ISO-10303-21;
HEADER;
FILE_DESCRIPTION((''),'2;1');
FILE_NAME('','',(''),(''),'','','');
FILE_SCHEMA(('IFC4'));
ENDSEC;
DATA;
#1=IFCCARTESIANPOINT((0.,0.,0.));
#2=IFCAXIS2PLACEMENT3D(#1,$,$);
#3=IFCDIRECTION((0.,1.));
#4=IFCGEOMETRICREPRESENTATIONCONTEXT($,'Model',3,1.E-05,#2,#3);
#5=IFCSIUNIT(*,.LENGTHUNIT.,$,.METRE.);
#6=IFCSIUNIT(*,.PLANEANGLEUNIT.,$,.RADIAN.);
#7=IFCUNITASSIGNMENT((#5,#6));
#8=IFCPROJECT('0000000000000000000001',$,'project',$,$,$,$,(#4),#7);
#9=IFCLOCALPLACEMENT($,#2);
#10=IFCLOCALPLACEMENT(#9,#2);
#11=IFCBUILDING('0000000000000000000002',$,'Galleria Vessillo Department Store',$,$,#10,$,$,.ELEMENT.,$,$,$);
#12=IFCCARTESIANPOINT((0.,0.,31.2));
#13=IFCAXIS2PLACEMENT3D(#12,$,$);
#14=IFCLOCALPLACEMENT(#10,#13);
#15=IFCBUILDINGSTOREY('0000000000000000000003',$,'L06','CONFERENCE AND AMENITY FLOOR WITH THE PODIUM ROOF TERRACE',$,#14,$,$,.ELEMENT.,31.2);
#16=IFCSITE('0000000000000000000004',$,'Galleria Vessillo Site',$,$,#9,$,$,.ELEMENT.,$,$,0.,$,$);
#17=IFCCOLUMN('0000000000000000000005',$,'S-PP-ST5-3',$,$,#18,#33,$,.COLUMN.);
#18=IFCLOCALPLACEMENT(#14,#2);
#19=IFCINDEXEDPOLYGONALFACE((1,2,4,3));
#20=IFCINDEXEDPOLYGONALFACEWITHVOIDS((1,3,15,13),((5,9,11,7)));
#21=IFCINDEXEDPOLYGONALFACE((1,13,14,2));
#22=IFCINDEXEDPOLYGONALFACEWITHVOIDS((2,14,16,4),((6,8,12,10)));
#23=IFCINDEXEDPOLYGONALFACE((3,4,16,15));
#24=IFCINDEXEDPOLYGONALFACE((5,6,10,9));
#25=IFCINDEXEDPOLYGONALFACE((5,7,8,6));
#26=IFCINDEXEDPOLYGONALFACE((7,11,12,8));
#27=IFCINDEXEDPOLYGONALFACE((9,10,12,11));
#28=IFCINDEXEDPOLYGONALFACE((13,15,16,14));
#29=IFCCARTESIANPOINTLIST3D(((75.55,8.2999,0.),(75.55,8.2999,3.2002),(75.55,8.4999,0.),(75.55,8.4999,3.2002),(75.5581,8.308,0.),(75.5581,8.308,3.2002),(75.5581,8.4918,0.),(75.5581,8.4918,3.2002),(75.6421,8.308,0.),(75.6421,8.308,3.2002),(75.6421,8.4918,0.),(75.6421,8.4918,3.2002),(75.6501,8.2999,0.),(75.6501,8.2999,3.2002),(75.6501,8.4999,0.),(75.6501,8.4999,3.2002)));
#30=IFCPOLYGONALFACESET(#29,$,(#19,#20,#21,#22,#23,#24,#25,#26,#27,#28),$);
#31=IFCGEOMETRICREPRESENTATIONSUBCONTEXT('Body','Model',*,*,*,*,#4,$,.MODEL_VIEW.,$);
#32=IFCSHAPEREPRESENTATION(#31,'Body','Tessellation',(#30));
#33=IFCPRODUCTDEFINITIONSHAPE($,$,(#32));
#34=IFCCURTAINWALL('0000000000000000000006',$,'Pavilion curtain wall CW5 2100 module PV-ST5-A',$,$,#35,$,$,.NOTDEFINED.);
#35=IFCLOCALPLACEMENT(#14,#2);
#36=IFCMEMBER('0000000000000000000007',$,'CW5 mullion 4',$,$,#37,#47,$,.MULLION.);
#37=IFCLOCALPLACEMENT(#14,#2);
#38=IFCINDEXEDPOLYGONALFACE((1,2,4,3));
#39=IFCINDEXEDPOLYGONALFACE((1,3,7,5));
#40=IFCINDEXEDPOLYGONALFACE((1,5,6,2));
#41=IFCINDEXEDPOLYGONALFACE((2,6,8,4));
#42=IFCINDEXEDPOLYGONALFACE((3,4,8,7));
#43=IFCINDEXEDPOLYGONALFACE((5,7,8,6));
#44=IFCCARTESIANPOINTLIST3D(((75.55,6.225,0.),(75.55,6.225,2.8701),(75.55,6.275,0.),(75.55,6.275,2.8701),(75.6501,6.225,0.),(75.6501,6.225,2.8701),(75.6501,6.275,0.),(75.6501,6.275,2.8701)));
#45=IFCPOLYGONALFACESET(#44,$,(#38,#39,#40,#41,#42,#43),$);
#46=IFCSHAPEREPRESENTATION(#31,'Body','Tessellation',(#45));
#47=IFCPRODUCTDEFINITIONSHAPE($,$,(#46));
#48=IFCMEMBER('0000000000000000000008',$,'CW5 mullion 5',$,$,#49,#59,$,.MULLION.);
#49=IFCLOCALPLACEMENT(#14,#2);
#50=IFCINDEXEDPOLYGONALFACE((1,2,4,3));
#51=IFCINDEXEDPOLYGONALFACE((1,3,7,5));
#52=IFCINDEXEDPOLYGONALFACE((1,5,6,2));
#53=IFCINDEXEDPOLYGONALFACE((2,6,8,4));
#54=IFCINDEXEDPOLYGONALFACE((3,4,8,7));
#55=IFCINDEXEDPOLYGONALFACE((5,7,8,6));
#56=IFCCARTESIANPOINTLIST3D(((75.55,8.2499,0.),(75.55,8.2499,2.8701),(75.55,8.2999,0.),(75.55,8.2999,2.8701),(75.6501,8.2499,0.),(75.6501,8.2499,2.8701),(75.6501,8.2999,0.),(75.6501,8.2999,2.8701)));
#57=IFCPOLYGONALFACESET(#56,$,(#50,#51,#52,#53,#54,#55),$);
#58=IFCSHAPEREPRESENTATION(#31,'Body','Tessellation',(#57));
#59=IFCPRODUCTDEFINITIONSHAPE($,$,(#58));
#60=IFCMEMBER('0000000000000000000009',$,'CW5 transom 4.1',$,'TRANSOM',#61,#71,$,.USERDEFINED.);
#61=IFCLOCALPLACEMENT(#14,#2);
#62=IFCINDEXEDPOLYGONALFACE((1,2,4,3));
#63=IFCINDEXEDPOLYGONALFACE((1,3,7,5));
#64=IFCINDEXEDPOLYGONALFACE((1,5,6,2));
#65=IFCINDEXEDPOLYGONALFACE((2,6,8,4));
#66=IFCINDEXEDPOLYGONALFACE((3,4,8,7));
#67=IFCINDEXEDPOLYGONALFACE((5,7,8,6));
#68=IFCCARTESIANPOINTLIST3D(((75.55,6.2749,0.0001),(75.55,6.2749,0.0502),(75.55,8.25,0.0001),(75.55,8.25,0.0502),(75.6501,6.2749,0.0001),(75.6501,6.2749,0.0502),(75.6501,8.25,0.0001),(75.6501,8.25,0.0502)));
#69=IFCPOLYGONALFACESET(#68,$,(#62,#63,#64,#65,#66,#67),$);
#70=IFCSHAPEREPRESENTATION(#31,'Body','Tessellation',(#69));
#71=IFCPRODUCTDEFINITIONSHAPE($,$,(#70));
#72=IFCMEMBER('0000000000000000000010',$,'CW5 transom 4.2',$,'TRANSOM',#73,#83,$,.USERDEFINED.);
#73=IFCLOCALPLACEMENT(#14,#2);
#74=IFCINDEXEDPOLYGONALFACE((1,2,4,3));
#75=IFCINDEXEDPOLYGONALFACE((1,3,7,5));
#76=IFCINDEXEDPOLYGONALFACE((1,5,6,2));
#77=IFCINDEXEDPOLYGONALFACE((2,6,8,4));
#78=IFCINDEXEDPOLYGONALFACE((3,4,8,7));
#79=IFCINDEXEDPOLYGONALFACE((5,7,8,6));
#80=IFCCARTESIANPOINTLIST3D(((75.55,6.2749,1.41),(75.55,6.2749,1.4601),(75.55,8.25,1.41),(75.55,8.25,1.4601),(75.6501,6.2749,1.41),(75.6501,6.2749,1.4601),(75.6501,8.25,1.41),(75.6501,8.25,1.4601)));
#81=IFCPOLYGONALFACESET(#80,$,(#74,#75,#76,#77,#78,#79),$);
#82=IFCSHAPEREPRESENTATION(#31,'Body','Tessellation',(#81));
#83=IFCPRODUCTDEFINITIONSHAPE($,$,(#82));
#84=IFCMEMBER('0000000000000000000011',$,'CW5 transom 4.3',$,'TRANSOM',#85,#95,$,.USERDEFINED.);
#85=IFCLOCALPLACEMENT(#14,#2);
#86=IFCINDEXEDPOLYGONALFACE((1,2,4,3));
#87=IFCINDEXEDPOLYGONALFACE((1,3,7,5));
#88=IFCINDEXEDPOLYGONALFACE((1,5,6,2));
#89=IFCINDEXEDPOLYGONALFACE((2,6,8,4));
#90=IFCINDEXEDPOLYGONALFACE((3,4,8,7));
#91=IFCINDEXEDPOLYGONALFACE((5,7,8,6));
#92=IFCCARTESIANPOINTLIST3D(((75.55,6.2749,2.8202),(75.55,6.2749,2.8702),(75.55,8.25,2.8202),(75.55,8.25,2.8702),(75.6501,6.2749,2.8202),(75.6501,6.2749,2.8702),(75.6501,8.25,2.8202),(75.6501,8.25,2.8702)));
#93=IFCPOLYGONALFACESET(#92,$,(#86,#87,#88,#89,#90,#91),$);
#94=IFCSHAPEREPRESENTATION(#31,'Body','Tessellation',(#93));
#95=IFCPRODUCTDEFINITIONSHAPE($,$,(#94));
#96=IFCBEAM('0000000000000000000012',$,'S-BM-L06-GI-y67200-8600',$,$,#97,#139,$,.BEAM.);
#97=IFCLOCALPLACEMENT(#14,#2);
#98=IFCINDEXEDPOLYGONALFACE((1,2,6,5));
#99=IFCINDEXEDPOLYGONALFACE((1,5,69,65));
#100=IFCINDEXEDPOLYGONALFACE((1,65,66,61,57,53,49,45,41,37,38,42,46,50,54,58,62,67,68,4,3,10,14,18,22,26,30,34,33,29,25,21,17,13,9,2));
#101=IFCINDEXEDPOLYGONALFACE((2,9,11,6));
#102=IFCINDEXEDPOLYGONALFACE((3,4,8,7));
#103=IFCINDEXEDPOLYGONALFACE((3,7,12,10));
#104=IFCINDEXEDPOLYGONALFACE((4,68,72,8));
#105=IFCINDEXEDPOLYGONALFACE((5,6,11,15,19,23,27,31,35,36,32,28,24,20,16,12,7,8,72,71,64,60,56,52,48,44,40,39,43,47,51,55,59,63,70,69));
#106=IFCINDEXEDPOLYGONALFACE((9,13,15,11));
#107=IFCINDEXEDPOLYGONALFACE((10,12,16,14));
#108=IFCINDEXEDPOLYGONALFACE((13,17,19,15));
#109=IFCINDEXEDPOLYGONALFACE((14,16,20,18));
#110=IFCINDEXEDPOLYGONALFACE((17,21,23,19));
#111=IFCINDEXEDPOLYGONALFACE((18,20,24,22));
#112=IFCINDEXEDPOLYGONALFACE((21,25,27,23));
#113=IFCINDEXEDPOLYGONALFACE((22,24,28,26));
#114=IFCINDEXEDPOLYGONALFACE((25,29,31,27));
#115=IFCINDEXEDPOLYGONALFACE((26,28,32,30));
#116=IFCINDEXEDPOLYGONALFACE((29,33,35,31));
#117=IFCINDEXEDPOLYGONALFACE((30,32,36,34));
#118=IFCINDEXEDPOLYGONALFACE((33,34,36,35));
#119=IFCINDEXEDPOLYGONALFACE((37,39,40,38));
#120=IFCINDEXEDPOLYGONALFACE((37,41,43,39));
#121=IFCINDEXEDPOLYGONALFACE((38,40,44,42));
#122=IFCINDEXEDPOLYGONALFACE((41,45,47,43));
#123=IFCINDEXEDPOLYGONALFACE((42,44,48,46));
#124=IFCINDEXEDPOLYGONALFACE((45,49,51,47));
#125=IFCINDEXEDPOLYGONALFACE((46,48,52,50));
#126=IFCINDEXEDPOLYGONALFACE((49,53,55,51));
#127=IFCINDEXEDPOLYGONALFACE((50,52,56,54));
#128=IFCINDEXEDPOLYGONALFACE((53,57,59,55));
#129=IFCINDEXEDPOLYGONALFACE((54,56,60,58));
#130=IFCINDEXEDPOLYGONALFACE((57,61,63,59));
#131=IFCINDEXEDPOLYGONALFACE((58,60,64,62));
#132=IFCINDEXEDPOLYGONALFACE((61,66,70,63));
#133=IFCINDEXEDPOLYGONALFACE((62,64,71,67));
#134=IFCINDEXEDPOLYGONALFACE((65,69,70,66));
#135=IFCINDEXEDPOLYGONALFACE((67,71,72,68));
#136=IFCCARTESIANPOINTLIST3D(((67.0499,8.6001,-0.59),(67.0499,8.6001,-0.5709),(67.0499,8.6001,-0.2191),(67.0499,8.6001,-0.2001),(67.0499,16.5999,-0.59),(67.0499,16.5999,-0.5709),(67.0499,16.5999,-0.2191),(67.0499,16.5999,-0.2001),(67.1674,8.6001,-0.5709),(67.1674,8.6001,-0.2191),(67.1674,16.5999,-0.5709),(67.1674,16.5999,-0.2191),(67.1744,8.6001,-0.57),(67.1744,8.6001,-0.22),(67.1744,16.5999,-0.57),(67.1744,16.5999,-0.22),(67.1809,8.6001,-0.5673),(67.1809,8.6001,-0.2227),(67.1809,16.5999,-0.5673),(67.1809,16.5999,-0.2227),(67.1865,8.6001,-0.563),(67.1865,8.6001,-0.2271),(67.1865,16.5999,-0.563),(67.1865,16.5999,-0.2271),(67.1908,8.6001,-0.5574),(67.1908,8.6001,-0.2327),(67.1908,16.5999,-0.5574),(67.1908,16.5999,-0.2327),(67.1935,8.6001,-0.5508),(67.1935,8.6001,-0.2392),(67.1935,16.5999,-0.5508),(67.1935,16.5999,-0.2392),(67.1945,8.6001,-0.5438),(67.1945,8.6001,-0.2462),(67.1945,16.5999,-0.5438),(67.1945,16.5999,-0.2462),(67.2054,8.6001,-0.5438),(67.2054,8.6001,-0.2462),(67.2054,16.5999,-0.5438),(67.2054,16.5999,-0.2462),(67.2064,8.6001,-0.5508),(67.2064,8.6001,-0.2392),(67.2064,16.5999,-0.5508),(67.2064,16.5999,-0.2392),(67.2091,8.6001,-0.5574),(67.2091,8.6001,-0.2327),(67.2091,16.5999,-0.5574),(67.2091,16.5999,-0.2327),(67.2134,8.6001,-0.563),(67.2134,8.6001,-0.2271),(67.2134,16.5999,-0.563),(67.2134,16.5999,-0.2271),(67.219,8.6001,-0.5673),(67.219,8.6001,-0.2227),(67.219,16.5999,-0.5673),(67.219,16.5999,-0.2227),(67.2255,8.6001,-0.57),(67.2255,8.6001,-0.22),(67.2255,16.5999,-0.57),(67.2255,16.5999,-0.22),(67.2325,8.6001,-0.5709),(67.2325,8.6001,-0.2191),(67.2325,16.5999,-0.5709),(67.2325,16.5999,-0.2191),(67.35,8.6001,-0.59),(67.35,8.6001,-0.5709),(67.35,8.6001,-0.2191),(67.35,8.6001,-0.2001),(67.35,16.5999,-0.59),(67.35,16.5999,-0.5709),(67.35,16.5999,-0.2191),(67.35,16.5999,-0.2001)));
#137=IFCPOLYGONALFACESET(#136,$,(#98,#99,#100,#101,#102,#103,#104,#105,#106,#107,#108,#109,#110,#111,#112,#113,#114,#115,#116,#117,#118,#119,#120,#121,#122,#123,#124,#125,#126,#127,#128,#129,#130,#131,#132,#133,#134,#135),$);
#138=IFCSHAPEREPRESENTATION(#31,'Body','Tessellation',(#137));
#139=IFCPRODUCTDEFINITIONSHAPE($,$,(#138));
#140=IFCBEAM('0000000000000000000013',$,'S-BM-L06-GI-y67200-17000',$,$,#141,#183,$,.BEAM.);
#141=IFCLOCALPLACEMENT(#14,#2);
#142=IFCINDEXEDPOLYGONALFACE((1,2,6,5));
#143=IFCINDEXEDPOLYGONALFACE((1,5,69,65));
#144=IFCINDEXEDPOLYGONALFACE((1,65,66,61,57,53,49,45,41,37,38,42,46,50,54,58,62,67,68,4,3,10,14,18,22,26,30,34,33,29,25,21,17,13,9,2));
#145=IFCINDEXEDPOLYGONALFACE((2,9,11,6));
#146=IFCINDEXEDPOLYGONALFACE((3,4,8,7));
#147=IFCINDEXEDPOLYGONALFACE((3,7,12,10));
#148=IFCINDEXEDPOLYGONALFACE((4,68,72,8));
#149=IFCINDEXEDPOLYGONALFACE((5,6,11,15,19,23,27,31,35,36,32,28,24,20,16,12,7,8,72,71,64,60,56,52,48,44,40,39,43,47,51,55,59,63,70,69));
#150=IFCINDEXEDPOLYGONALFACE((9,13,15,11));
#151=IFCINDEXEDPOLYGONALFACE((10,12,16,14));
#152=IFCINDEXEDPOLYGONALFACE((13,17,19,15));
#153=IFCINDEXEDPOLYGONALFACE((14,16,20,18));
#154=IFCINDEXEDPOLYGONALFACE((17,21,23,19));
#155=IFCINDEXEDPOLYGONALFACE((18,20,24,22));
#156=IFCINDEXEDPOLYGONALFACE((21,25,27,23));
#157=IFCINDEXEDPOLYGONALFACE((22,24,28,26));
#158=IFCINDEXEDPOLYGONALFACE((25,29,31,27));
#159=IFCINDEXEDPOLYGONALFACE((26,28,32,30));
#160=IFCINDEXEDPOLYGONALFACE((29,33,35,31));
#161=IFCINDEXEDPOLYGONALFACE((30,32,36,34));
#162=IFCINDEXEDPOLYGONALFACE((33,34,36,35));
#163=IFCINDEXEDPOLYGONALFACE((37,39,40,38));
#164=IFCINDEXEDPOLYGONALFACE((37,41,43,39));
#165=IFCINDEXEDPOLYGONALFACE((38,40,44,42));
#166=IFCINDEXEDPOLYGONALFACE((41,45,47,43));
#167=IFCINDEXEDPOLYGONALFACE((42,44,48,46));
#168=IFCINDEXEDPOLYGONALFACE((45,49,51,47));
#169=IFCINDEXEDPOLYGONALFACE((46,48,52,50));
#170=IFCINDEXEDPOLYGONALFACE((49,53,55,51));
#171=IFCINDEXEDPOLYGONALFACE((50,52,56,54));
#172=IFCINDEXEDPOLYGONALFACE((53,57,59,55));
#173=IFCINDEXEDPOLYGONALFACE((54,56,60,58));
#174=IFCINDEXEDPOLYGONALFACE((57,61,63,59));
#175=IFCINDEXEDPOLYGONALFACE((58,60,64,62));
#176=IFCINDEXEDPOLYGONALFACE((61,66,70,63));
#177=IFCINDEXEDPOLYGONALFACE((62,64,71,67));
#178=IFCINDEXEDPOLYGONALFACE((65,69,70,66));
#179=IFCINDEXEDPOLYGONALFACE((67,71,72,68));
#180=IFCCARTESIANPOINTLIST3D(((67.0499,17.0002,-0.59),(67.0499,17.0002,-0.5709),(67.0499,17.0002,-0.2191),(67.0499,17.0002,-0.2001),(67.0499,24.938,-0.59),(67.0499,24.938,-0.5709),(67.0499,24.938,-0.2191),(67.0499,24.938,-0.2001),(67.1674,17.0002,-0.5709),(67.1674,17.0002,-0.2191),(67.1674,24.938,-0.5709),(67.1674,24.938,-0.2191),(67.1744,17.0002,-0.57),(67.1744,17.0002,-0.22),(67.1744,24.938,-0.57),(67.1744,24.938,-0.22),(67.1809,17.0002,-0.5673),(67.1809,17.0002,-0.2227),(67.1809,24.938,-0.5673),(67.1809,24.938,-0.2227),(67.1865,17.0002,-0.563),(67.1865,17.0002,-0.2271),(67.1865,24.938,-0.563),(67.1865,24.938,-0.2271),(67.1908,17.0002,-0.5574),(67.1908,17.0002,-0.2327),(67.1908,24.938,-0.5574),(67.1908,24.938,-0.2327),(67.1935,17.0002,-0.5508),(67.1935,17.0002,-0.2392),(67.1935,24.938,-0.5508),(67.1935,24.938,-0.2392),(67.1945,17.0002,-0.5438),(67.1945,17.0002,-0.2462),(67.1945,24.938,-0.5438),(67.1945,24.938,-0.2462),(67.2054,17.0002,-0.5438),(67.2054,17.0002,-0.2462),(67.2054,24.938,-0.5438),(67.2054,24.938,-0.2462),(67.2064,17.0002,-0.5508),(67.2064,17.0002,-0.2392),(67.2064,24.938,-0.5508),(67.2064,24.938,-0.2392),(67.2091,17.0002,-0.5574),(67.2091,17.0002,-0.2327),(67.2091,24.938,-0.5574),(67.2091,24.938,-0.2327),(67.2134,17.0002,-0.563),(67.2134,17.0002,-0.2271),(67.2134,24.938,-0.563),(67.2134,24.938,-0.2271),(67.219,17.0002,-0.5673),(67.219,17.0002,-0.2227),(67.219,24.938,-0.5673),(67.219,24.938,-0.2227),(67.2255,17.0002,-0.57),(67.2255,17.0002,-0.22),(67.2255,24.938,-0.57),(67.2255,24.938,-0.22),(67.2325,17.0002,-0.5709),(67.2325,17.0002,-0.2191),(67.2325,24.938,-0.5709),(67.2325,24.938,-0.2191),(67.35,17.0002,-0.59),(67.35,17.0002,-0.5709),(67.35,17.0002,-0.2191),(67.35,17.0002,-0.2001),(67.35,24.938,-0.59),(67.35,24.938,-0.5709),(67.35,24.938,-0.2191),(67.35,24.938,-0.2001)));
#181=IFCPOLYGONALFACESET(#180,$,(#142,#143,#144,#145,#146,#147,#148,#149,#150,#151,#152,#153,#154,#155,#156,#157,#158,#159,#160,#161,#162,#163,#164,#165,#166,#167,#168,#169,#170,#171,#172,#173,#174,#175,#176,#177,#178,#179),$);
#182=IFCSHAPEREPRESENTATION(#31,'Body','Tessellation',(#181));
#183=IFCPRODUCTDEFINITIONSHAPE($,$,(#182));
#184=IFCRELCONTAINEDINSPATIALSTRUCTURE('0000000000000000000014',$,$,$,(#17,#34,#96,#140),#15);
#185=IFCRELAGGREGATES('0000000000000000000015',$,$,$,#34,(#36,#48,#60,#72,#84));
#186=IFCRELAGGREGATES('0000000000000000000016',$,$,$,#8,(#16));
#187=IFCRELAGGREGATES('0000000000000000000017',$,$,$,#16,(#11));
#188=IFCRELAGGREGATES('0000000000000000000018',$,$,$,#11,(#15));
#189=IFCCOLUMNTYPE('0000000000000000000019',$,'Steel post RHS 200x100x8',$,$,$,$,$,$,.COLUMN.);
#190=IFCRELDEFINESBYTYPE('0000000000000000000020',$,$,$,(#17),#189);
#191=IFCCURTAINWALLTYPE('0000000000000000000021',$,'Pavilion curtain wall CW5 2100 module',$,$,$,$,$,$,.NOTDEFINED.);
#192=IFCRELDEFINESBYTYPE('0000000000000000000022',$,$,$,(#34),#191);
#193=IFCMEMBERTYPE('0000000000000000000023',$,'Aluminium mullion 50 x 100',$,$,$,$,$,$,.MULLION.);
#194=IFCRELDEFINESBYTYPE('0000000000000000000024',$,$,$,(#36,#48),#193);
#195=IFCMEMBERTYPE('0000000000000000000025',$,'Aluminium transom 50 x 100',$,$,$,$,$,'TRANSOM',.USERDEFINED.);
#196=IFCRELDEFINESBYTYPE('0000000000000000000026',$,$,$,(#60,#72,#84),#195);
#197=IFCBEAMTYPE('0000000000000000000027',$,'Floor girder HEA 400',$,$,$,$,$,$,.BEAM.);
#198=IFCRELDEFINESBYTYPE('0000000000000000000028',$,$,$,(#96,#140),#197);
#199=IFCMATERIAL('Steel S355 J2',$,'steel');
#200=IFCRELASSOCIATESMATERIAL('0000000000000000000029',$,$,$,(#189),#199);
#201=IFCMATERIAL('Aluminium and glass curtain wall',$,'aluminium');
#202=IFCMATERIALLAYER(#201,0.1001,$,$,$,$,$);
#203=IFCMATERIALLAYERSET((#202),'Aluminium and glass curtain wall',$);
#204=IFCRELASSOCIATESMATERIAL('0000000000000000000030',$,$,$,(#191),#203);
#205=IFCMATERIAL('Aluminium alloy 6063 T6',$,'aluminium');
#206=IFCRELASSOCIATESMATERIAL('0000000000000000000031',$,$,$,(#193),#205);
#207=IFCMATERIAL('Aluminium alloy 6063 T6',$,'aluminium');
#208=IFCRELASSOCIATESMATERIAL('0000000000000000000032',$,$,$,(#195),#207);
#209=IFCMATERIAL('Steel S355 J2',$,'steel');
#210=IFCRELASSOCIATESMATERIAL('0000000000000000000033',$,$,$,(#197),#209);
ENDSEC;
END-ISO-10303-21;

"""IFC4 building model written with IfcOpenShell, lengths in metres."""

from ifc_helpers import new_model, si_unit, direction, frame, origin, origin_2d, place, context, subcontext, project, spatial, rectangle, hollow_rectangle, i_section, extrude, material, layer, layer_set, material_profile, profile_set, type_object, element, aggregate, save


model = new_model("IFC4")

# Units and contexts
model_context = context("Model", 3, precision=1e-05, world=origin(), true_north=direction((0.0, 1.0)))
body_context = subcontext(model_context, "Body", "Model", "MODEL_VIEW")
ifc_project = project(units=[si_unit("LENGTHUNIT", "METRE"), si_unit("PLANEANGLEUNIT", "RADIAN")], contexts=[model_context])

# Site, building, storey
site_placement = place(None, origin())
site = spatial("IfcSite", under=ifc_project, at=site_placement, Name="Galleria Vessillo Site", CompositionType="ELEMENT", RefElevation=0.0)
building_placement = place(site_placement, origin())
building = spatial("IfcBuilding", under=site, at=building_placement, Name="Galleria Vessillo Department Store", CompositionType="ELEMENT")
storey_placement = place(building_placement, frame((0.0, 0.0, 31.2)))
storey = spatial("IfcBuildingStorey", under=building, at=storey_placement, Name="L06", Description="CONFERENCE AND AMENITY FLOOR WITH THE PODIUM ROOF TERRACE", CompositionType="ELEMENT", Elevation=31.2)

# Column
ifc_material_1 = material(Name="Steel S355 J2", Category="steel")
ifc_material_profile_1 = material_profile(ifc_material_1, hollow_rectangle(XDim=0.1001, YDim=0.2, WallThickness=0.0081, at=origin_2d()), Name="RHS 200x100x8")
ifc_profile_set_1 = profile_set([ifc_material_profile_1], Name="Steel S355 J2")
column_type = type_object("IfcColumnType", Name="Steel post RHS 200x100x8", PredefinedType="COLUMN", material=ifc_profile_set_1)
column_placement = place(storey_placement, frame((75.6001, 8.3999, 0.0), z_axis=(0.0, 0.0, 1.0), x_axis=(1.0, 0.0, 0.0)))
element("IfcColumn", 1, at=column_placement, inside=storey, type_object=column_type, Name="S-PP-ST5-3", PredefinedType="COLUMN", context=body_context, shape_type="SweptSolid", body=[
    extrude(hollow_rectangle(XDim=0.1001, YDim=0.2, WallThickness=0.0081, at=origin_2d()), origin(), (0.0, 0.0, 1.0), 3.2002),
])

# Curtain wall, members
ifc_material_2 = material(Name="Aluminium and glass curtain wall", Category="aluminium")
ifc_layer_1 = layer(ifc_material_2, 0.1001)
ifc_layer_set_1 = layer_set([ifc_layer_1], Name="Aluminium and glass curtain wall")
curtain_wall_type = type_object("IfcCurtainWallType", Name="Pavilion curtain wall CW5 2100 module", PredefinedType="NOTDEFINED", material=ifc_layer_set_1)
curtain_wall_placement = place(storey_placement, origin())
curtain_wall = element("IfcCurtainWall", 2, at=curtain_wall_placement, inside=storey, type_object=curtain_wall_type, Name="Pavilion curtain wall CW5 2100 module PV-ST5-A", PredefinedType="NOTDEFINED")
ifc_material_3 = material(Name="Aluminium alloy 6063 T6", Category="aluminium")
ifc_material_profile_2 = material_profile(ifc_material_3, rectangle(XDim=0.1001, YDim=0.05, at=origin_2d()), Name="AL 50x100")
ifc_profile_set_2 = profile_set([ifc_material_profile_2], Name="Aluminium alloy 6063 T6")
member_type_1 = type_object("IfcMemberType", Name="Aluminium mullion 50 x 100", PredefinedType="MULLION", material=ifc_profile_set_2)
member_1_placement = place(storey_placement, frame((75.6001, 6.25, 0.0), z_axis=(0.0, 0.0, 1.0), x_axis=(-1.0, 0.0, 0.0)))
member_1 = element("IfcMember", 3, at=member_1_placement, type_object=member_type_1, Name="CW5 mullion 4", PredefinedType="MULLION", context=body_context, shape_type="SweptSolid", body=[
    extrude(rectangle(XDim=0.1001, YDim=0.05, at=origin_2d()), origin(), (0.0, 0.0, 1.0), 2.8701),
])
member_2_placement = place(storey_placement, frame((75.6001, 8.2749, 0.0), z_axis=(0.0, 0.0, 1.0), x_axis=(-1.0, 0.0, 0.0)))
member_2 = element("IfcMember", 4, at=member_2_placement, type_object=member_type_1, Name="CW5 mullion 5", PredefinedType="MULLION", context=body_context, shape_type="SweptSolid", body=[
    extrude(rectangle(XDim=0.1001, YDim=0.05, at=origin_2d()), origin(), (0.0, 0.0, 1.0), 2.8701),
])
ifc_material_4 = material(Name="Aluminium alloy 6063 T6", Category="aluminium")
ifc_material_profile_3 = material_profile(ifc_material_4, rectangle(XDim=0.1001, YDim=0.05, at=origin_2d()), Name="AL 50x100")
ifc_profile_set_3 = profile_set([ifc_material_profile_3], Name="Aluminium alloy 6063 T6")
member_type_2 = type_object("IfcMemberType", Name="Aluminium transom 50 x 100", ElementType="TRANSOM", PredefinedType="USERDEFINED", material=ifc_profile_set_3)
member_3_placement = place(storey_placement, frame((75.6001, 6.2749, 0.0251), z_axis=(0.0, 1.0, 0.0), x_axis=(-1.0, 0.0, 0.0)))
member_3 = element("IfcMember", 5, at=member_3_placement, type_object=member_type_2, Name="CW5 transom 4.1", ObjectType="TRANSOM", PredefinedType="USERDEFINED", context=body_context, shape_type="SweptSolid", body=[
    extrude(rectangle(XDim=0.1001, YDim=0.05, at=origin_2d()), origin(), (0.0, 0.0, 1.0), 1.9751),
])
member_4_placement = place(storey_placement, frame((75.6001, 6.2749, 1.4351), z_axis=(0.0, 1.0, 0.0), x_axis=(-1.0, 0.0, 0.0)))
member_4 = element("IfcMember", 6, at=member_4_placement, type_object=member_type_2, Name="CW5 transom 4.2", ObjectType="TRANSOM", PredefinedType="USERDEFINED", context=body_context, shape_type="SweptSolid", body=[
    extrude(rectangle(XDim=0.1001, YDim=0.05, at=origin_2d()), origin(), (0.0, 0.0, 1.0), 1.9751),
])
member_5_placement = place(storey_placement, frame((75.6001, 6.2749, 2.8452), z_axis=(0.0, 1.0, 0.0), x_axis=(-1.0, 0.0, 0.0)))
member_5 = element("IfcMember", 7, at=member_5_placement, type_object=member_type_2, Name="CW5 transom 4.3", ObjectType="TRANSOM", PredefinedType="USERDEFINED", context=body_context, shape_type="SweptSolid", body=[
    extrude(rectangle(XDim=0.1001, YDim=0.05, at=origin_2d()), origin(), (0.0, 0.0, 1.0), 1.9751),
])

# Beams
ifc_material_5 = material(Name="Steel S355 J2", Category="steel")
ifc_material_profile_4 = material_profile(ifc_material_5, i_section(OverallWidth=0.3, OverallDepth=0.3899, WebThickness=0.011, FlangeThickness=0.019, FilletRadius=0.0271, at=origin_2d()), Name="HEA 400")
ifc_profile_set_4 = profile_set([ifc_material_profile_4], Name="Steel S355 J2")
beam_type_1 = type_object("IfcBeamType", Name="Floor girder HEA 400", PredefinedType="BEAM", material=ifc_profile_set_4)
beam_1_placement = place(storey_placement, frame((67.2, 8.6001, -0.395), z_axis=(0.0, 1.0, 0.0), x_axis=(-1.0, 0.0, 0.0)))
element("IfcBeam", 8, at=beam_1_placement, inside=storey, type_object=beam_type_1, Name="S-BM-L06-GI-y67200-8600", PredefinedType="BEAM", context=body_context, shape_type="SweptSolid", body=[
    extrude(i_section(OverallWidth=0.3, OverallDepth=0.3899, WebThickness=0.011, FlangeThickness=0.019, FilletRadius=0.0271, at=origin_2d()), origin(), (0.0, 0.0, 1.0), 7.9998),
])
beam_2_placement = place(storey_placement, frame((67.2, 17.0002, -0.395), z_axis=(0.0, 1.0, 0.0), x_axis=(-1.0, 0.0, 0.0)))
element("IfcBeam", 9, at=beam_2_placement, inside=storey, type_object=beam_type_1, Name="S-BM-L06-GI-y67200-17000", PredefinedType="BEAM", context=body_context, shape_type="SweptSolid", body=[
    extrude(i_section(OverallWidth=0.3, OverallDepth=0.3899, WebThickness=0.011, FlangeThickness=0.019, FilletRadius=0.0271, at=origin_2d()), origin(), (0.0, 0.0, 1.0), 7.9377),
])

aggregate(curtain_wall, [member_1, member_2, member_3, member_4, member_5])

save(model, "model.ifc")
